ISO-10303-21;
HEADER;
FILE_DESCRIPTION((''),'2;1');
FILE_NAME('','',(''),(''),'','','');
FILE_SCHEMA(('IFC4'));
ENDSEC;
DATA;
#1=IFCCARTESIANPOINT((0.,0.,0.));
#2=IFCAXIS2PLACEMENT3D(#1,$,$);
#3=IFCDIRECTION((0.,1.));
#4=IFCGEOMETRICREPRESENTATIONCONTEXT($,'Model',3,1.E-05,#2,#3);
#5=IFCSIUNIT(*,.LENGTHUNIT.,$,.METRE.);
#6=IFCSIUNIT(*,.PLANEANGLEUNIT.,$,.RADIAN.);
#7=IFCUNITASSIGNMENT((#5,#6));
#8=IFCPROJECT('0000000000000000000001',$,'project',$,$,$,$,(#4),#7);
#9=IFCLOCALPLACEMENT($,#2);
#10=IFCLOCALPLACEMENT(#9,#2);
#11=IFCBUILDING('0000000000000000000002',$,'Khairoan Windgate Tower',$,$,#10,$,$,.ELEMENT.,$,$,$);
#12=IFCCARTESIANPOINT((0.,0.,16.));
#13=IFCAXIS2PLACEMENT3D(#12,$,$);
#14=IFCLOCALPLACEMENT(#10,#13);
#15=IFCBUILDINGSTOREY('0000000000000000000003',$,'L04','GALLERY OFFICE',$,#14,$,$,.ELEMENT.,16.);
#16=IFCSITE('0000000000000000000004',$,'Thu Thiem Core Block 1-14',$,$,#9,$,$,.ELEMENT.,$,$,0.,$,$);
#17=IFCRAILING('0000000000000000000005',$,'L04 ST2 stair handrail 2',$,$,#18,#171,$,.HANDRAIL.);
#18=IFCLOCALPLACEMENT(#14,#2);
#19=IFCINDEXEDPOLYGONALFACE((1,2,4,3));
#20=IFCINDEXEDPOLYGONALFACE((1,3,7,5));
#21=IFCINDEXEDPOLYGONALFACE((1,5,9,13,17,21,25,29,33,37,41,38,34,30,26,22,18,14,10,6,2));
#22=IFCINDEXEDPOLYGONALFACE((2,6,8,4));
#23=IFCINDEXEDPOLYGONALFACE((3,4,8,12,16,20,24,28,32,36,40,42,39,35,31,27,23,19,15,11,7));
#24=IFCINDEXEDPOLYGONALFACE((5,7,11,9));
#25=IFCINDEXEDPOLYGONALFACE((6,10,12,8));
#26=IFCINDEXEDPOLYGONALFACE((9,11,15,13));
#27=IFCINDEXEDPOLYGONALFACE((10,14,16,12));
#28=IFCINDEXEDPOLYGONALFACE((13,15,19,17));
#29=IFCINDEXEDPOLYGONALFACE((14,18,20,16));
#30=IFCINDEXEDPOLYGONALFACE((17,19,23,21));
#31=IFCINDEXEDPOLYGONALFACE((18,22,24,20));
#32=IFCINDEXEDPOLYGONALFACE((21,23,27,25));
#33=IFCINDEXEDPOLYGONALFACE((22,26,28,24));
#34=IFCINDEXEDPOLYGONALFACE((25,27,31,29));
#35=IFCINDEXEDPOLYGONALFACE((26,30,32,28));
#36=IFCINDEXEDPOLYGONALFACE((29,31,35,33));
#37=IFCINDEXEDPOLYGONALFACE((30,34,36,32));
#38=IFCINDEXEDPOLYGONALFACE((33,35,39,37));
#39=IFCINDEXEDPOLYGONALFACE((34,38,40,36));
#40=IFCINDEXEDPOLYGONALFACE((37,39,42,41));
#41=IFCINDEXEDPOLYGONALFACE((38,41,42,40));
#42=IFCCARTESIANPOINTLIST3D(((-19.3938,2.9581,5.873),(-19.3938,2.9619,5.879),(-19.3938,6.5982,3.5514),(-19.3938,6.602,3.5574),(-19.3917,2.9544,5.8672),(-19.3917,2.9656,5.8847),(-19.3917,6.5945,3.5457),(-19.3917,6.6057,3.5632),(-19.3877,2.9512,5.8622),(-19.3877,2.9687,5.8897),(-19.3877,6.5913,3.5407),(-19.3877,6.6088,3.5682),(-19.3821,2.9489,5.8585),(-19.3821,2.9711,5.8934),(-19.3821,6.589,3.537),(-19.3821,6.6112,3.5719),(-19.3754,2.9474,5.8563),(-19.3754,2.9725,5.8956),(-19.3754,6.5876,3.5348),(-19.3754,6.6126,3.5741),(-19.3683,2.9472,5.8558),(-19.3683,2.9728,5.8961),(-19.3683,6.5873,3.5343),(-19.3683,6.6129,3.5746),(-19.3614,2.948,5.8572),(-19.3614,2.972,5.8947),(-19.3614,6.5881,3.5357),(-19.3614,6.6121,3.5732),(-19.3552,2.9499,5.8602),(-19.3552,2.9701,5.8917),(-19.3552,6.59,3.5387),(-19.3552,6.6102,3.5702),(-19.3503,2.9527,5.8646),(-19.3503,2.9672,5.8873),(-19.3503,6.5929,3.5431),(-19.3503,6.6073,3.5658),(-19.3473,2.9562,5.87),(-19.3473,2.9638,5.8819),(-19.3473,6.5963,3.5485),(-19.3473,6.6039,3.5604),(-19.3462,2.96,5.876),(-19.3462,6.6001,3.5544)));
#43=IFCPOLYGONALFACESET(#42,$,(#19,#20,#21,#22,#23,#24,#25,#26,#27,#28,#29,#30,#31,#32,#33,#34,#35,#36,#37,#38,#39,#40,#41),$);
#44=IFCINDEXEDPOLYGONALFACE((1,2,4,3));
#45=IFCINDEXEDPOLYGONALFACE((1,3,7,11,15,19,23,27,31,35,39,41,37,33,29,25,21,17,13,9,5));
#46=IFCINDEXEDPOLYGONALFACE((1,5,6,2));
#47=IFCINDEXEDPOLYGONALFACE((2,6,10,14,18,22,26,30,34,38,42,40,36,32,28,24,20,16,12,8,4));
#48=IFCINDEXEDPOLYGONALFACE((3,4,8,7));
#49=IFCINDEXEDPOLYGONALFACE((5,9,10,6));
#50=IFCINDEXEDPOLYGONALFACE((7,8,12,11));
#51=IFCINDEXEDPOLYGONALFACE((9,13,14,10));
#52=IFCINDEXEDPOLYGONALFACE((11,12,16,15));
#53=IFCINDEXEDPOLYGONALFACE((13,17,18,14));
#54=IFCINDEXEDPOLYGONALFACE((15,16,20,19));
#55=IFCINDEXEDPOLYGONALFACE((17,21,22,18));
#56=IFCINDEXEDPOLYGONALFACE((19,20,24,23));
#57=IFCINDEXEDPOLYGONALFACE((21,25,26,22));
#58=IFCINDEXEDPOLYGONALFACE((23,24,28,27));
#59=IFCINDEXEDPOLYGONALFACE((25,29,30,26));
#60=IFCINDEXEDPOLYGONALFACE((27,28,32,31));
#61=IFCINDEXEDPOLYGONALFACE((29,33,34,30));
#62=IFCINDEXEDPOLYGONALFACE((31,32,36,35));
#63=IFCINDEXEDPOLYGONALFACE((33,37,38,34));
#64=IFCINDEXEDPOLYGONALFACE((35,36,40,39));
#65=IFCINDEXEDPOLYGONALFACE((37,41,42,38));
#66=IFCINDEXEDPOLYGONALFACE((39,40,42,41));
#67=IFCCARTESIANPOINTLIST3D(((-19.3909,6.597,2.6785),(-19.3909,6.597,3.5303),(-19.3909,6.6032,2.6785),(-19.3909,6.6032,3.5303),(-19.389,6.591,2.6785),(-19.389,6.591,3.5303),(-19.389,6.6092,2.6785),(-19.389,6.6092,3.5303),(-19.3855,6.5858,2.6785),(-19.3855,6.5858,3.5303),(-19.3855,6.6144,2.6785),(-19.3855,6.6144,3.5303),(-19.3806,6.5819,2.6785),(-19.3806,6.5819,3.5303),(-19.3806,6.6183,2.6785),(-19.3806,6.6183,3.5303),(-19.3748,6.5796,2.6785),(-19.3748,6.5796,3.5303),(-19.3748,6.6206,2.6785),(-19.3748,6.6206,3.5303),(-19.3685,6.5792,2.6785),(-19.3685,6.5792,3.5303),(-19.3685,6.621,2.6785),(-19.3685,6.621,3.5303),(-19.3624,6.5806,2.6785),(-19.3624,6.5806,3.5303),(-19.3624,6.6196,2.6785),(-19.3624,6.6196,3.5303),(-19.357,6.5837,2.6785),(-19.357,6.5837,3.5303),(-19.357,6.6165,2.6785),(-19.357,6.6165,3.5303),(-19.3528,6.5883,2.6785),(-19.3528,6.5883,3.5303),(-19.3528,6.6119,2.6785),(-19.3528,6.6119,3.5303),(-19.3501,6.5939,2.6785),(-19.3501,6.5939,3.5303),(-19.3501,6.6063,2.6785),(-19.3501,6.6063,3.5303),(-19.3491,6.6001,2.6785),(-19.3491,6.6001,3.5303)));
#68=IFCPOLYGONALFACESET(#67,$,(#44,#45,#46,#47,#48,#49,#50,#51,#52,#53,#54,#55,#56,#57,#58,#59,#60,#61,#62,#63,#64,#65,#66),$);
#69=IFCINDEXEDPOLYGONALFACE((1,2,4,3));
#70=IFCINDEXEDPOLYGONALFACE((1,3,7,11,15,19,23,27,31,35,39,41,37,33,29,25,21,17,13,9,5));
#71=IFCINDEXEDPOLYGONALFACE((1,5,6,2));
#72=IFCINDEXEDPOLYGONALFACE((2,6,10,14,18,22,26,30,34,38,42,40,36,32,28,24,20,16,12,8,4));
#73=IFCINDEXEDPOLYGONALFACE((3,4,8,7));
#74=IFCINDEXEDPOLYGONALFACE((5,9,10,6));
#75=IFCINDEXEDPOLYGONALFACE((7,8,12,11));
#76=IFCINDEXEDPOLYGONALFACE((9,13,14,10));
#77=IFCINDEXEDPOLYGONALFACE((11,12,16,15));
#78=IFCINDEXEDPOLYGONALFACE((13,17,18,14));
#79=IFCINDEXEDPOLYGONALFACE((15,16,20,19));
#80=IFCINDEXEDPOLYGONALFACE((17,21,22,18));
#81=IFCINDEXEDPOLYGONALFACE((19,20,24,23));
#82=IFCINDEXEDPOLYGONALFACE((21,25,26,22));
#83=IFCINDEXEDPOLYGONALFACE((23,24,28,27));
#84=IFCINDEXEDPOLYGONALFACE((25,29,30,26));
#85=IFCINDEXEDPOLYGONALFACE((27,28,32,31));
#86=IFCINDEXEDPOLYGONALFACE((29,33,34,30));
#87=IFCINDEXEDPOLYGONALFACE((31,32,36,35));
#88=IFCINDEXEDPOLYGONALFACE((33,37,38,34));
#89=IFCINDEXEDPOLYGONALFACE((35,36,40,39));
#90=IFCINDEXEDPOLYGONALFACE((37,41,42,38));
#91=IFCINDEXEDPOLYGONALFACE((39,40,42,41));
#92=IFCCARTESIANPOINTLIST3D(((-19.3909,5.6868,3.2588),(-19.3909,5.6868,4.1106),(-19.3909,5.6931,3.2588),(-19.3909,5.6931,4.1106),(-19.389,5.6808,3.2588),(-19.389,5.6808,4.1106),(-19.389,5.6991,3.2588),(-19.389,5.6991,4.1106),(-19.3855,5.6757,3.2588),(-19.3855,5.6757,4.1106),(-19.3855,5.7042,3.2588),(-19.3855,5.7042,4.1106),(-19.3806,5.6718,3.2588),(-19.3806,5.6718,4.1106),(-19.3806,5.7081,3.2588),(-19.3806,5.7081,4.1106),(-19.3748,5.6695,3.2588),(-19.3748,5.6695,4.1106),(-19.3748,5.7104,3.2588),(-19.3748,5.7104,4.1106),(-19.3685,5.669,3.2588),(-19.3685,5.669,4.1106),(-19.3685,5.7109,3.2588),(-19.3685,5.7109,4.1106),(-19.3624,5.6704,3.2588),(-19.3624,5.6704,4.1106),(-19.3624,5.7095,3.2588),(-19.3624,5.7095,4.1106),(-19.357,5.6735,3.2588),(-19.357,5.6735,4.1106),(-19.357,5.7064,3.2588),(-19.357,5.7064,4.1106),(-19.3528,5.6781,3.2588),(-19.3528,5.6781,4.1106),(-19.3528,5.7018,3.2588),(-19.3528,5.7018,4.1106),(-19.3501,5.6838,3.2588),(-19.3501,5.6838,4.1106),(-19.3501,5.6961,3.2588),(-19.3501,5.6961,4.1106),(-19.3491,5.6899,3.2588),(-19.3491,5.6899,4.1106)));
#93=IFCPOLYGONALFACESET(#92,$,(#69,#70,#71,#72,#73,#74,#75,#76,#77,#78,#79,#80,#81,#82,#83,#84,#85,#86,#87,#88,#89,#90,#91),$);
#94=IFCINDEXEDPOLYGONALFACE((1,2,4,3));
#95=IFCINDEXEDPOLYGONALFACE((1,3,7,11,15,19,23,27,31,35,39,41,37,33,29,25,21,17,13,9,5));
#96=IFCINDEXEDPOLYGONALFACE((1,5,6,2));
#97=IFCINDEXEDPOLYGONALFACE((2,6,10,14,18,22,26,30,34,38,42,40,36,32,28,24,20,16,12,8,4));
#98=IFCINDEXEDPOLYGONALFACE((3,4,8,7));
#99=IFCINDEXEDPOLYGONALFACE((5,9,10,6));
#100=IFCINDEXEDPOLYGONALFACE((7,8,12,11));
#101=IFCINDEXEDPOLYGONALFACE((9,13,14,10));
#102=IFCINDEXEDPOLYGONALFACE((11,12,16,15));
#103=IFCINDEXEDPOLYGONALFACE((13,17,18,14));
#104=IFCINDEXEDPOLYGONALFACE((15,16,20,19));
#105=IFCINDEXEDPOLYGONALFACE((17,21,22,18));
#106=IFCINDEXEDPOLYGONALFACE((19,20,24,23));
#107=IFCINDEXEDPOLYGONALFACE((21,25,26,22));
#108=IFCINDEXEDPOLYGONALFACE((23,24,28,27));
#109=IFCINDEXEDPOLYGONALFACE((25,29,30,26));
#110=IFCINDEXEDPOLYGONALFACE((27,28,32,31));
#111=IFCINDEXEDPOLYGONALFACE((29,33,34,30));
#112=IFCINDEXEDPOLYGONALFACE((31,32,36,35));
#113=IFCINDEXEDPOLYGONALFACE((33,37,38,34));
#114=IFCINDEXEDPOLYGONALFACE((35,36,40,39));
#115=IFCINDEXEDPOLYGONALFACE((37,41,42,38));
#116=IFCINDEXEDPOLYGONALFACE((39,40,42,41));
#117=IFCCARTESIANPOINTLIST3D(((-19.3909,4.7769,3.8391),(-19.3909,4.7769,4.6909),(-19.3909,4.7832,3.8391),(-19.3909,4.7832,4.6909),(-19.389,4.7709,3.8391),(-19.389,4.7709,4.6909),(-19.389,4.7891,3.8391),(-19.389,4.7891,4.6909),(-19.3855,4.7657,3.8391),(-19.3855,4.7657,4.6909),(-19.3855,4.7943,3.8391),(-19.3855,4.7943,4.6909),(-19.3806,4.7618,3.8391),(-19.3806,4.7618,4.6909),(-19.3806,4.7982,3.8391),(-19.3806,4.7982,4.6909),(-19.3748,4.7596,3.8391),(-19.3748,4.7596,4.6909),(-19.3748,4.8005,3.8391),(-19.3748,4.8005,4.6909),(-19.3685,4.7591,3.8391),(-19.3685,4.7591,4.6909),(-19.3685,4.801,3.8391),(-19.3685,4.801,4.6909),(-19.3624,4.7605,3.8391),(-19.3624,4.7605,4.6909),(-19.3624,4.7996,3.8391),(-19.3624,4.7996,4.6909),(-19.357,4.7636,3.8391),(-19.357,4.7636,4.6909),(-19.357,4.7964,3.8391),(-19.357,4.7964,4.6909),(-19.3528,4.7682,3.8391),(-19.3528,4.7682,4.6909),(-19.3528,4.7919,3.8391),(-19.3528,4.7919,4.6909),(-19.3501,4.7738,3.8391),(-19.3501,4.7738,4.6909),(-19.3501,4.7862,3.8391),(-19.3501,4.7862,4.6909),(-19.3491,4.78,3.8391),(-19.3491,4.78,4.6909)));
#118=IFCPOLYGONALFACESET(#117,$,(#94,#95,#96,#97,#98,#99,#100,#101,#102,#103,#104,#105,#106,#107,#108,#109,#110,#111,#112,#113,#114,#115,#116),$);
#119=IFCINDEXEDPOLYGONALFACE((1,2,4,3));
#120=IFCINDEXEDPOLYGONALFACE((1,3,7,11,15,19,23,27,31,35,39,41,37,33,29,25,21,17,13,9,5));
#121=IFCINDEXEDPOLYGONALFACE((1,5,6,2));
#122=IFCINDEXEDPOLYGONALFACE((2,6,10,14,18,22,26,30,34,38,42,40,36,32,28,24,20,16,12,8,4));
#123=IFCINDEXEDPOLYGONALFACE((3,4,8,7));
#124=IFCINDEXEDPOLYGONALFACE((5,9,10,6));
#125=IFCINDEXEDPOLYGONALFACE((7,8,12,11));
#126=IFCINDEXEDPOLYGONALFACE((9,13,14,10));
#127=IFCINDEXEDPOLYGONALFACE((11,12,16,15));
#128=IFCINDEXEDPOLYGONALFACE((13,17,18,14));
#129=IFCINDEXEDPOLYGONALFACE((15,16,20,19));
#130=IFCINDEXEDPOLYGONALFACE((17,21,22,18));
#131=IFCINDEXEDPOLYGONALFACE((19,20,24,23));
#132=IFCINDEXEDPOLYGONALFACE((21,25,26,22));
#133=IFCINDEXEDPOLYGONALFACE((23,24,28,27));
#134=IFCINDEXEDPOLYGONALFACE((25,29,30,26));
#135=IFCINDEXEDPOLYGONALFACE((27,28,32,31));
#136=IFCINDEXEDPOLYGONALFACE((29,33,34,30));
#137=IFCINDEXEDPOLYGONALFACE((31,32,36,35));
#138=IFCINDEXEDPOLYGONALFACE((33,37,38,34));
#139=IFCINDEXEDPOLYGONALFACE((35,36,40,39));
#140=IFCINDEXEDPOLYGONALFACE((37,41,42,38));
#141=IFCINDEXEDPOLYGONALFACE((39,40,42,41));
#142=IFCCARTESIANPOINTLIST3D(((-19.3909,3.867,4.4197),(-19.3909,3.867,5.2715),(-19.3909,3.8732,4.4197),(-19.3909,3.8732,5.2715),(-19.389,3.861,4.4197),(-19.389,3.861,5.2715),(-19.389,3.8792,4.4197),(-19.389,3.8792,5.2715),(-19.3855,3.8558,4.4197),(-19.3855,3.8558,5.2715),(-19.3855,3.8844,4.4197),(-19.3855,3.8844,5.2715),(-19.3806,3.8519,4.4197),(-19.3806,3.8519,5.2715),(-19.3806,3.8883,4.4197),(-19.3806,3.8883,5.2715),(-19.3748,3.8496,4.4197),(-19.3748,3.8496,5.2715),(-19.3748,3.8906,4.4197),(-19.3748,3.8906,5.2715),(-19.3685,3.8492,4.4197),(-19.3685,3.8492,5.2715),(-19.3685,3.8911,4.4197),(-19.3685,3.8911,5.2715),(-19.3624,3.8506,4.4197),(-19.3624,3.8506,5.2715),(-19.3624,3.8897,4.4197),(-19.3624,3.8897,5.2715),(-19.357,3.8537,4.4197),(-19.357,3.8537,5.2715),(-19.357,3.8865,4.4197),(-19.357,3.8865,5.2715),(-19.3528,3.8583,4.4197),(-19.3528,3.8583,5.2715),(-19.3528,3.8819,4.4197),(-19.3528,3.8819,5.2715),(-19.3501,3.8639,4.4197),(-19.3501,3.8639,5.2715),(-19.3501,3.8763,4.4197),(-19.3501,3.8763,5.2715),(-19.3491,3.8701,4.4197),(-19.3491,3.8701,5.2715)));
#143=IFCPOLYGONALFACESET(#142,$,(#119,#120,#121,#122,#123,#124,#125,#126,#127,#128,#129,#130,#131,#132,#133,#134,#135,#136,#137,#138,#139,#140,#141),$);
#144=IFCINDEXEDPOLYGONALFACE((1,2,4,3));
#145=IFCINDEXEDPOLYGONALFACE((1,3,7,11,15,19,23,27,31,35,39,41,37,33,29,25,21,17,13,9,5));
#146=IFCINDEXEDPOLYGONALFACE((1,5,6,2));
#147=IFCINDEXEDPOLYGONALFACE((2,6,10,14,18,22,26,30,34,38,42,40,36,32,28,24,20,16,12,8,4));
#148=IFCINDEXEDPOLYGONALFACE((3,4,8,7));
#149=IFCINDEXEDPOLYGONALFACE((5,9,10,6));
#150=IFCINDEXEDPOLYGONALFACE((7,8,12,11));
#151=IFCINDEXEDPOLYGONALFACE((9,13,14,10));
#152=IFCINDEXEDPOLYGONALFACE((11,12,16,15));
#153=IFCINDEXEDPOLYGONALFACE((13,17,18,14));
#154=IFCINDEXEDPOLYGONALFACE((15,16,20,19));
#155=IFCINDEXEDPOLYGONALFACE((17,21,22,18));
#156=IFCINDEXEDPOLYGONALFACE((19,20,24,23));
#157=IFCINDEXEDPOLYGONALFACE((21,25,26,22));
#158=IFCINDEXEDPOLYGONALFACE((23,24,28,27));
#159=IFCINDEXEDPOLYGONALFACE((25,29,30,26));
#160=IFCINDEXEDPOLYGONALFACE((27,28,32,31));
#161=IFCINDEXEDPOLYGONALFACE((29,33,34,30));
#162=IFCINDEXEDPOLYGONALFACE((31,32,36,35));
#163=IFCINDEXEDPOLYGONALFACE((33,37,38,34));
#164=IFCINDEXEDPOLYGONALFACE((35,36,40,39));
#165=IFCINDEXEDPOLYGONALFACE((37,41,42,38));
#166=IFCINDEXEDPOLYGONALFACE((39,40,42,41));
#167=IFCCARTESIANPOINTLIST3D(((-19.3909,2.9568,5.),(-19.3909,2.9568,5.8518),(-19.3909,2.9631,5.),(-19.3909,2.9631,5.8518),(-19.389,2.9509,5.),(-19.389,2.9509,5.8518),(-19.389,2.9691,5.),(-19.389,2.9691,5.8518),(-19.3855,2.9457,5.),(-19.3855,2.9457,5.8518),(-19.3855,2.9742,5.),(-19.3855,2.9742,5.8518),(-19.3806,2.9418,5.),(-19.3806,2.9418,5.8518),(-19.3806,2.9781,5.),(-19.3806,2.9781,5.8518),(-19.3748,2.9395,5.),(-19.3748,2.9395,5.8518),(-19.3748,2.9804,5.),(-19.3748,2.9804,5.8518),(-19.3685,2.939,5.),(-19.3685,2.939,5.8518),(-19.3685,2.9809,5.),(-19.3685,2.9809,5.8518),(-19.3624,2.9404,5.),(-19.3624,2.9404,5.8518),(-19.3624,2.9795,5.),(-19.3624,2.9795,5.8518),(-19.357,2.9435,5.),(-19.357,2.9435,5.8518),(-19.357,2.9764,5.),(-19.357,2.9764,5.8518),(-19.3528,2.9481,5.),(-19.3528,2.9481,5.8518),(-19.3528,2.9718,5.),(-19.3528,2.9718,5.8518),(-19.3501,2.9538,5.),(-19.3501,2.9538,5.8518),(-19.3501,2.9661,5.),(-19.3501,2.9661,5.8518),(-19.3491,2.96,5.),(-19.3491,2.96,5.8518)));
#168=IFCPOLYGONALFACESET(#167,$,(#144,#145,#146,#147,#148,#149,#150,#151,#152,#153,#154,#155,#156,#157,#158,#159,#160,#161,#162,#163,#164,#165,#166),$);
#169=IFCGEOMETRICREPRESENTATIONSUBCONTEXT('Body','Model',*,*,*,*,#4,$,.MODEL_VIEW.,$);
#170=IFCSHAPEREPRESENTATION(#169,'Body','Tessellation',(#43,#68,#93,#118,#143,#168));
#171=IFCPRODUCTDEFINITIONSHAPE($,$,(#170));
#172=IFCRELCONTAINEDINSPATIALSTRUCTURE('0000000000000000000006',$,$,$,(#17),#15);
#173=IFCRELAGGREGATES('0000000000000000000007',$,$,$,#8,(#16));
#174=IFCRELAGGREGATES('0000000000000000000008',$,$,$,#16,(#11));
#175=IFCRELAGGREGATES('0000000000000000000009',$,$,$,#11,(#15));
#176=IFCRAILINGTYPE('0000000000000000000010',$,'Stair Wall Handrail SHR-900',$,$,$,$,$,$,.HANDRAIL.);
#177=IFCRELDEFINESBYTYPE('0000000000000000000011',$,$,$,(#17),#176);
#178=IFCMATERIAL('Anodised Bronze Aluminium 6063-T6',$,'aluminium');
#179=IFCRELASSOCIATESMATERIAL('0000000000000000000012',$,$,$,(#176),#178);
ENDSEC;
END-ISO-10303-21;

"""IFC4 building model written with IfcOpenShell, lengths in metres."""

from ifc_helpers import new_model, si_unit, direction, frame, origin, origin_2d, place, context, subcontext, project, spatial, circle, extrude, material, type_object, element, save


model = new_model("IFC4")

# Units and contexts
model_context = context("Model", 3, precision=1e-05, world=origin(), true_north=direction((0.0, 1.0)))
body_context = subcontext(model_context, "Body", "Model", "MODEL_VIEW")
ifc_project = project(units=[si_unit("LENGTHUNIT", "METRE"), si_unit("PLANEANGLEUNIT", "RADIAN")], contexts=[model_context])

# Site, building, storey
site_placement = place(None, origin())
site = spatial("IfcSite", under=ifc_project, at=site_placement, Name="Thu Thiem Core Block 1-14", CompositionType="ELEMENT", RefElevation=0.0)
building_placement = place(site_placement, origin())
building = spatial("IfcBuilding", under=site, at=building_placement, Name="Khairoan Windgate Tower", CompositionType="ELEMENT")
storey_placement = place(building_placement, frame((0.0, 0.0, 16.0)))
storey = spatial("IfcBuildingStorey", under=building, at=storey_placement, Name="L04", Description="GALLERY OFFICE", CompositionType="ELEMENT", Elevation=16.0)

# Railing
ifc_material_1 = material(Name="Anodised Bronze Aluminium 6063-T6", Category="aluminium")
railing_type_1 = type_object("IfcRailingType", Name="Stair Wall Handrail SHR-900", PredefinedType="HANDRAIL", material=ifc_material_1)
railing_1_placement = place(storey_placement, frame((-19.3701, 6.6001, 2.6785)))
element("IfcRailing", 1, at=railing_1_placement, inside=storey, type_object=railing_type_1, Name="L04 ST2 stair handrail 2", PredefinedType="HANDRAIL", context=body_context, shape_type="SweptSolid", body=[
    extrude(circle(Radius=0.0239, at=origin_2d()), frame((0.0, 0.0, 0.876), z_axis=(0.0, -0.843128, 0.537713), x_axis=(1.0, 0.0, 0.0)), (0.0, 0.0, 1.0), 4.3174),
    extrude(circle(Radius=0.021, at=origin_2d()), origin(), (0.0, 0.0, 1.0), 0.8518),
    extrude(circle(Radius=0.021, at=origin_2d()), frame((0.0, -0.9102, 0.5803)), (0.0, 0.0, 1.0), 0.8518),
    extrude(circle(Radius=0.021, at=origin_2d()), frame((0.0, -1.8201, 1.1606)), (0.0, 0.0, 1.0), 0.8518),
    extrude(circle(Radius=0.021, at=origin_2d()), frame((0.0, -2.73, 1.7412)), (0.0, 0.0, 1.0), 0.8518),
    extrude(circle(Radius=0.021, at=origin_2d()), frame((0.0, -3.6401, 2.3215)), (0.0, 0.0, 1.0), 0.8518),
])

save(model, "model.ifc")
